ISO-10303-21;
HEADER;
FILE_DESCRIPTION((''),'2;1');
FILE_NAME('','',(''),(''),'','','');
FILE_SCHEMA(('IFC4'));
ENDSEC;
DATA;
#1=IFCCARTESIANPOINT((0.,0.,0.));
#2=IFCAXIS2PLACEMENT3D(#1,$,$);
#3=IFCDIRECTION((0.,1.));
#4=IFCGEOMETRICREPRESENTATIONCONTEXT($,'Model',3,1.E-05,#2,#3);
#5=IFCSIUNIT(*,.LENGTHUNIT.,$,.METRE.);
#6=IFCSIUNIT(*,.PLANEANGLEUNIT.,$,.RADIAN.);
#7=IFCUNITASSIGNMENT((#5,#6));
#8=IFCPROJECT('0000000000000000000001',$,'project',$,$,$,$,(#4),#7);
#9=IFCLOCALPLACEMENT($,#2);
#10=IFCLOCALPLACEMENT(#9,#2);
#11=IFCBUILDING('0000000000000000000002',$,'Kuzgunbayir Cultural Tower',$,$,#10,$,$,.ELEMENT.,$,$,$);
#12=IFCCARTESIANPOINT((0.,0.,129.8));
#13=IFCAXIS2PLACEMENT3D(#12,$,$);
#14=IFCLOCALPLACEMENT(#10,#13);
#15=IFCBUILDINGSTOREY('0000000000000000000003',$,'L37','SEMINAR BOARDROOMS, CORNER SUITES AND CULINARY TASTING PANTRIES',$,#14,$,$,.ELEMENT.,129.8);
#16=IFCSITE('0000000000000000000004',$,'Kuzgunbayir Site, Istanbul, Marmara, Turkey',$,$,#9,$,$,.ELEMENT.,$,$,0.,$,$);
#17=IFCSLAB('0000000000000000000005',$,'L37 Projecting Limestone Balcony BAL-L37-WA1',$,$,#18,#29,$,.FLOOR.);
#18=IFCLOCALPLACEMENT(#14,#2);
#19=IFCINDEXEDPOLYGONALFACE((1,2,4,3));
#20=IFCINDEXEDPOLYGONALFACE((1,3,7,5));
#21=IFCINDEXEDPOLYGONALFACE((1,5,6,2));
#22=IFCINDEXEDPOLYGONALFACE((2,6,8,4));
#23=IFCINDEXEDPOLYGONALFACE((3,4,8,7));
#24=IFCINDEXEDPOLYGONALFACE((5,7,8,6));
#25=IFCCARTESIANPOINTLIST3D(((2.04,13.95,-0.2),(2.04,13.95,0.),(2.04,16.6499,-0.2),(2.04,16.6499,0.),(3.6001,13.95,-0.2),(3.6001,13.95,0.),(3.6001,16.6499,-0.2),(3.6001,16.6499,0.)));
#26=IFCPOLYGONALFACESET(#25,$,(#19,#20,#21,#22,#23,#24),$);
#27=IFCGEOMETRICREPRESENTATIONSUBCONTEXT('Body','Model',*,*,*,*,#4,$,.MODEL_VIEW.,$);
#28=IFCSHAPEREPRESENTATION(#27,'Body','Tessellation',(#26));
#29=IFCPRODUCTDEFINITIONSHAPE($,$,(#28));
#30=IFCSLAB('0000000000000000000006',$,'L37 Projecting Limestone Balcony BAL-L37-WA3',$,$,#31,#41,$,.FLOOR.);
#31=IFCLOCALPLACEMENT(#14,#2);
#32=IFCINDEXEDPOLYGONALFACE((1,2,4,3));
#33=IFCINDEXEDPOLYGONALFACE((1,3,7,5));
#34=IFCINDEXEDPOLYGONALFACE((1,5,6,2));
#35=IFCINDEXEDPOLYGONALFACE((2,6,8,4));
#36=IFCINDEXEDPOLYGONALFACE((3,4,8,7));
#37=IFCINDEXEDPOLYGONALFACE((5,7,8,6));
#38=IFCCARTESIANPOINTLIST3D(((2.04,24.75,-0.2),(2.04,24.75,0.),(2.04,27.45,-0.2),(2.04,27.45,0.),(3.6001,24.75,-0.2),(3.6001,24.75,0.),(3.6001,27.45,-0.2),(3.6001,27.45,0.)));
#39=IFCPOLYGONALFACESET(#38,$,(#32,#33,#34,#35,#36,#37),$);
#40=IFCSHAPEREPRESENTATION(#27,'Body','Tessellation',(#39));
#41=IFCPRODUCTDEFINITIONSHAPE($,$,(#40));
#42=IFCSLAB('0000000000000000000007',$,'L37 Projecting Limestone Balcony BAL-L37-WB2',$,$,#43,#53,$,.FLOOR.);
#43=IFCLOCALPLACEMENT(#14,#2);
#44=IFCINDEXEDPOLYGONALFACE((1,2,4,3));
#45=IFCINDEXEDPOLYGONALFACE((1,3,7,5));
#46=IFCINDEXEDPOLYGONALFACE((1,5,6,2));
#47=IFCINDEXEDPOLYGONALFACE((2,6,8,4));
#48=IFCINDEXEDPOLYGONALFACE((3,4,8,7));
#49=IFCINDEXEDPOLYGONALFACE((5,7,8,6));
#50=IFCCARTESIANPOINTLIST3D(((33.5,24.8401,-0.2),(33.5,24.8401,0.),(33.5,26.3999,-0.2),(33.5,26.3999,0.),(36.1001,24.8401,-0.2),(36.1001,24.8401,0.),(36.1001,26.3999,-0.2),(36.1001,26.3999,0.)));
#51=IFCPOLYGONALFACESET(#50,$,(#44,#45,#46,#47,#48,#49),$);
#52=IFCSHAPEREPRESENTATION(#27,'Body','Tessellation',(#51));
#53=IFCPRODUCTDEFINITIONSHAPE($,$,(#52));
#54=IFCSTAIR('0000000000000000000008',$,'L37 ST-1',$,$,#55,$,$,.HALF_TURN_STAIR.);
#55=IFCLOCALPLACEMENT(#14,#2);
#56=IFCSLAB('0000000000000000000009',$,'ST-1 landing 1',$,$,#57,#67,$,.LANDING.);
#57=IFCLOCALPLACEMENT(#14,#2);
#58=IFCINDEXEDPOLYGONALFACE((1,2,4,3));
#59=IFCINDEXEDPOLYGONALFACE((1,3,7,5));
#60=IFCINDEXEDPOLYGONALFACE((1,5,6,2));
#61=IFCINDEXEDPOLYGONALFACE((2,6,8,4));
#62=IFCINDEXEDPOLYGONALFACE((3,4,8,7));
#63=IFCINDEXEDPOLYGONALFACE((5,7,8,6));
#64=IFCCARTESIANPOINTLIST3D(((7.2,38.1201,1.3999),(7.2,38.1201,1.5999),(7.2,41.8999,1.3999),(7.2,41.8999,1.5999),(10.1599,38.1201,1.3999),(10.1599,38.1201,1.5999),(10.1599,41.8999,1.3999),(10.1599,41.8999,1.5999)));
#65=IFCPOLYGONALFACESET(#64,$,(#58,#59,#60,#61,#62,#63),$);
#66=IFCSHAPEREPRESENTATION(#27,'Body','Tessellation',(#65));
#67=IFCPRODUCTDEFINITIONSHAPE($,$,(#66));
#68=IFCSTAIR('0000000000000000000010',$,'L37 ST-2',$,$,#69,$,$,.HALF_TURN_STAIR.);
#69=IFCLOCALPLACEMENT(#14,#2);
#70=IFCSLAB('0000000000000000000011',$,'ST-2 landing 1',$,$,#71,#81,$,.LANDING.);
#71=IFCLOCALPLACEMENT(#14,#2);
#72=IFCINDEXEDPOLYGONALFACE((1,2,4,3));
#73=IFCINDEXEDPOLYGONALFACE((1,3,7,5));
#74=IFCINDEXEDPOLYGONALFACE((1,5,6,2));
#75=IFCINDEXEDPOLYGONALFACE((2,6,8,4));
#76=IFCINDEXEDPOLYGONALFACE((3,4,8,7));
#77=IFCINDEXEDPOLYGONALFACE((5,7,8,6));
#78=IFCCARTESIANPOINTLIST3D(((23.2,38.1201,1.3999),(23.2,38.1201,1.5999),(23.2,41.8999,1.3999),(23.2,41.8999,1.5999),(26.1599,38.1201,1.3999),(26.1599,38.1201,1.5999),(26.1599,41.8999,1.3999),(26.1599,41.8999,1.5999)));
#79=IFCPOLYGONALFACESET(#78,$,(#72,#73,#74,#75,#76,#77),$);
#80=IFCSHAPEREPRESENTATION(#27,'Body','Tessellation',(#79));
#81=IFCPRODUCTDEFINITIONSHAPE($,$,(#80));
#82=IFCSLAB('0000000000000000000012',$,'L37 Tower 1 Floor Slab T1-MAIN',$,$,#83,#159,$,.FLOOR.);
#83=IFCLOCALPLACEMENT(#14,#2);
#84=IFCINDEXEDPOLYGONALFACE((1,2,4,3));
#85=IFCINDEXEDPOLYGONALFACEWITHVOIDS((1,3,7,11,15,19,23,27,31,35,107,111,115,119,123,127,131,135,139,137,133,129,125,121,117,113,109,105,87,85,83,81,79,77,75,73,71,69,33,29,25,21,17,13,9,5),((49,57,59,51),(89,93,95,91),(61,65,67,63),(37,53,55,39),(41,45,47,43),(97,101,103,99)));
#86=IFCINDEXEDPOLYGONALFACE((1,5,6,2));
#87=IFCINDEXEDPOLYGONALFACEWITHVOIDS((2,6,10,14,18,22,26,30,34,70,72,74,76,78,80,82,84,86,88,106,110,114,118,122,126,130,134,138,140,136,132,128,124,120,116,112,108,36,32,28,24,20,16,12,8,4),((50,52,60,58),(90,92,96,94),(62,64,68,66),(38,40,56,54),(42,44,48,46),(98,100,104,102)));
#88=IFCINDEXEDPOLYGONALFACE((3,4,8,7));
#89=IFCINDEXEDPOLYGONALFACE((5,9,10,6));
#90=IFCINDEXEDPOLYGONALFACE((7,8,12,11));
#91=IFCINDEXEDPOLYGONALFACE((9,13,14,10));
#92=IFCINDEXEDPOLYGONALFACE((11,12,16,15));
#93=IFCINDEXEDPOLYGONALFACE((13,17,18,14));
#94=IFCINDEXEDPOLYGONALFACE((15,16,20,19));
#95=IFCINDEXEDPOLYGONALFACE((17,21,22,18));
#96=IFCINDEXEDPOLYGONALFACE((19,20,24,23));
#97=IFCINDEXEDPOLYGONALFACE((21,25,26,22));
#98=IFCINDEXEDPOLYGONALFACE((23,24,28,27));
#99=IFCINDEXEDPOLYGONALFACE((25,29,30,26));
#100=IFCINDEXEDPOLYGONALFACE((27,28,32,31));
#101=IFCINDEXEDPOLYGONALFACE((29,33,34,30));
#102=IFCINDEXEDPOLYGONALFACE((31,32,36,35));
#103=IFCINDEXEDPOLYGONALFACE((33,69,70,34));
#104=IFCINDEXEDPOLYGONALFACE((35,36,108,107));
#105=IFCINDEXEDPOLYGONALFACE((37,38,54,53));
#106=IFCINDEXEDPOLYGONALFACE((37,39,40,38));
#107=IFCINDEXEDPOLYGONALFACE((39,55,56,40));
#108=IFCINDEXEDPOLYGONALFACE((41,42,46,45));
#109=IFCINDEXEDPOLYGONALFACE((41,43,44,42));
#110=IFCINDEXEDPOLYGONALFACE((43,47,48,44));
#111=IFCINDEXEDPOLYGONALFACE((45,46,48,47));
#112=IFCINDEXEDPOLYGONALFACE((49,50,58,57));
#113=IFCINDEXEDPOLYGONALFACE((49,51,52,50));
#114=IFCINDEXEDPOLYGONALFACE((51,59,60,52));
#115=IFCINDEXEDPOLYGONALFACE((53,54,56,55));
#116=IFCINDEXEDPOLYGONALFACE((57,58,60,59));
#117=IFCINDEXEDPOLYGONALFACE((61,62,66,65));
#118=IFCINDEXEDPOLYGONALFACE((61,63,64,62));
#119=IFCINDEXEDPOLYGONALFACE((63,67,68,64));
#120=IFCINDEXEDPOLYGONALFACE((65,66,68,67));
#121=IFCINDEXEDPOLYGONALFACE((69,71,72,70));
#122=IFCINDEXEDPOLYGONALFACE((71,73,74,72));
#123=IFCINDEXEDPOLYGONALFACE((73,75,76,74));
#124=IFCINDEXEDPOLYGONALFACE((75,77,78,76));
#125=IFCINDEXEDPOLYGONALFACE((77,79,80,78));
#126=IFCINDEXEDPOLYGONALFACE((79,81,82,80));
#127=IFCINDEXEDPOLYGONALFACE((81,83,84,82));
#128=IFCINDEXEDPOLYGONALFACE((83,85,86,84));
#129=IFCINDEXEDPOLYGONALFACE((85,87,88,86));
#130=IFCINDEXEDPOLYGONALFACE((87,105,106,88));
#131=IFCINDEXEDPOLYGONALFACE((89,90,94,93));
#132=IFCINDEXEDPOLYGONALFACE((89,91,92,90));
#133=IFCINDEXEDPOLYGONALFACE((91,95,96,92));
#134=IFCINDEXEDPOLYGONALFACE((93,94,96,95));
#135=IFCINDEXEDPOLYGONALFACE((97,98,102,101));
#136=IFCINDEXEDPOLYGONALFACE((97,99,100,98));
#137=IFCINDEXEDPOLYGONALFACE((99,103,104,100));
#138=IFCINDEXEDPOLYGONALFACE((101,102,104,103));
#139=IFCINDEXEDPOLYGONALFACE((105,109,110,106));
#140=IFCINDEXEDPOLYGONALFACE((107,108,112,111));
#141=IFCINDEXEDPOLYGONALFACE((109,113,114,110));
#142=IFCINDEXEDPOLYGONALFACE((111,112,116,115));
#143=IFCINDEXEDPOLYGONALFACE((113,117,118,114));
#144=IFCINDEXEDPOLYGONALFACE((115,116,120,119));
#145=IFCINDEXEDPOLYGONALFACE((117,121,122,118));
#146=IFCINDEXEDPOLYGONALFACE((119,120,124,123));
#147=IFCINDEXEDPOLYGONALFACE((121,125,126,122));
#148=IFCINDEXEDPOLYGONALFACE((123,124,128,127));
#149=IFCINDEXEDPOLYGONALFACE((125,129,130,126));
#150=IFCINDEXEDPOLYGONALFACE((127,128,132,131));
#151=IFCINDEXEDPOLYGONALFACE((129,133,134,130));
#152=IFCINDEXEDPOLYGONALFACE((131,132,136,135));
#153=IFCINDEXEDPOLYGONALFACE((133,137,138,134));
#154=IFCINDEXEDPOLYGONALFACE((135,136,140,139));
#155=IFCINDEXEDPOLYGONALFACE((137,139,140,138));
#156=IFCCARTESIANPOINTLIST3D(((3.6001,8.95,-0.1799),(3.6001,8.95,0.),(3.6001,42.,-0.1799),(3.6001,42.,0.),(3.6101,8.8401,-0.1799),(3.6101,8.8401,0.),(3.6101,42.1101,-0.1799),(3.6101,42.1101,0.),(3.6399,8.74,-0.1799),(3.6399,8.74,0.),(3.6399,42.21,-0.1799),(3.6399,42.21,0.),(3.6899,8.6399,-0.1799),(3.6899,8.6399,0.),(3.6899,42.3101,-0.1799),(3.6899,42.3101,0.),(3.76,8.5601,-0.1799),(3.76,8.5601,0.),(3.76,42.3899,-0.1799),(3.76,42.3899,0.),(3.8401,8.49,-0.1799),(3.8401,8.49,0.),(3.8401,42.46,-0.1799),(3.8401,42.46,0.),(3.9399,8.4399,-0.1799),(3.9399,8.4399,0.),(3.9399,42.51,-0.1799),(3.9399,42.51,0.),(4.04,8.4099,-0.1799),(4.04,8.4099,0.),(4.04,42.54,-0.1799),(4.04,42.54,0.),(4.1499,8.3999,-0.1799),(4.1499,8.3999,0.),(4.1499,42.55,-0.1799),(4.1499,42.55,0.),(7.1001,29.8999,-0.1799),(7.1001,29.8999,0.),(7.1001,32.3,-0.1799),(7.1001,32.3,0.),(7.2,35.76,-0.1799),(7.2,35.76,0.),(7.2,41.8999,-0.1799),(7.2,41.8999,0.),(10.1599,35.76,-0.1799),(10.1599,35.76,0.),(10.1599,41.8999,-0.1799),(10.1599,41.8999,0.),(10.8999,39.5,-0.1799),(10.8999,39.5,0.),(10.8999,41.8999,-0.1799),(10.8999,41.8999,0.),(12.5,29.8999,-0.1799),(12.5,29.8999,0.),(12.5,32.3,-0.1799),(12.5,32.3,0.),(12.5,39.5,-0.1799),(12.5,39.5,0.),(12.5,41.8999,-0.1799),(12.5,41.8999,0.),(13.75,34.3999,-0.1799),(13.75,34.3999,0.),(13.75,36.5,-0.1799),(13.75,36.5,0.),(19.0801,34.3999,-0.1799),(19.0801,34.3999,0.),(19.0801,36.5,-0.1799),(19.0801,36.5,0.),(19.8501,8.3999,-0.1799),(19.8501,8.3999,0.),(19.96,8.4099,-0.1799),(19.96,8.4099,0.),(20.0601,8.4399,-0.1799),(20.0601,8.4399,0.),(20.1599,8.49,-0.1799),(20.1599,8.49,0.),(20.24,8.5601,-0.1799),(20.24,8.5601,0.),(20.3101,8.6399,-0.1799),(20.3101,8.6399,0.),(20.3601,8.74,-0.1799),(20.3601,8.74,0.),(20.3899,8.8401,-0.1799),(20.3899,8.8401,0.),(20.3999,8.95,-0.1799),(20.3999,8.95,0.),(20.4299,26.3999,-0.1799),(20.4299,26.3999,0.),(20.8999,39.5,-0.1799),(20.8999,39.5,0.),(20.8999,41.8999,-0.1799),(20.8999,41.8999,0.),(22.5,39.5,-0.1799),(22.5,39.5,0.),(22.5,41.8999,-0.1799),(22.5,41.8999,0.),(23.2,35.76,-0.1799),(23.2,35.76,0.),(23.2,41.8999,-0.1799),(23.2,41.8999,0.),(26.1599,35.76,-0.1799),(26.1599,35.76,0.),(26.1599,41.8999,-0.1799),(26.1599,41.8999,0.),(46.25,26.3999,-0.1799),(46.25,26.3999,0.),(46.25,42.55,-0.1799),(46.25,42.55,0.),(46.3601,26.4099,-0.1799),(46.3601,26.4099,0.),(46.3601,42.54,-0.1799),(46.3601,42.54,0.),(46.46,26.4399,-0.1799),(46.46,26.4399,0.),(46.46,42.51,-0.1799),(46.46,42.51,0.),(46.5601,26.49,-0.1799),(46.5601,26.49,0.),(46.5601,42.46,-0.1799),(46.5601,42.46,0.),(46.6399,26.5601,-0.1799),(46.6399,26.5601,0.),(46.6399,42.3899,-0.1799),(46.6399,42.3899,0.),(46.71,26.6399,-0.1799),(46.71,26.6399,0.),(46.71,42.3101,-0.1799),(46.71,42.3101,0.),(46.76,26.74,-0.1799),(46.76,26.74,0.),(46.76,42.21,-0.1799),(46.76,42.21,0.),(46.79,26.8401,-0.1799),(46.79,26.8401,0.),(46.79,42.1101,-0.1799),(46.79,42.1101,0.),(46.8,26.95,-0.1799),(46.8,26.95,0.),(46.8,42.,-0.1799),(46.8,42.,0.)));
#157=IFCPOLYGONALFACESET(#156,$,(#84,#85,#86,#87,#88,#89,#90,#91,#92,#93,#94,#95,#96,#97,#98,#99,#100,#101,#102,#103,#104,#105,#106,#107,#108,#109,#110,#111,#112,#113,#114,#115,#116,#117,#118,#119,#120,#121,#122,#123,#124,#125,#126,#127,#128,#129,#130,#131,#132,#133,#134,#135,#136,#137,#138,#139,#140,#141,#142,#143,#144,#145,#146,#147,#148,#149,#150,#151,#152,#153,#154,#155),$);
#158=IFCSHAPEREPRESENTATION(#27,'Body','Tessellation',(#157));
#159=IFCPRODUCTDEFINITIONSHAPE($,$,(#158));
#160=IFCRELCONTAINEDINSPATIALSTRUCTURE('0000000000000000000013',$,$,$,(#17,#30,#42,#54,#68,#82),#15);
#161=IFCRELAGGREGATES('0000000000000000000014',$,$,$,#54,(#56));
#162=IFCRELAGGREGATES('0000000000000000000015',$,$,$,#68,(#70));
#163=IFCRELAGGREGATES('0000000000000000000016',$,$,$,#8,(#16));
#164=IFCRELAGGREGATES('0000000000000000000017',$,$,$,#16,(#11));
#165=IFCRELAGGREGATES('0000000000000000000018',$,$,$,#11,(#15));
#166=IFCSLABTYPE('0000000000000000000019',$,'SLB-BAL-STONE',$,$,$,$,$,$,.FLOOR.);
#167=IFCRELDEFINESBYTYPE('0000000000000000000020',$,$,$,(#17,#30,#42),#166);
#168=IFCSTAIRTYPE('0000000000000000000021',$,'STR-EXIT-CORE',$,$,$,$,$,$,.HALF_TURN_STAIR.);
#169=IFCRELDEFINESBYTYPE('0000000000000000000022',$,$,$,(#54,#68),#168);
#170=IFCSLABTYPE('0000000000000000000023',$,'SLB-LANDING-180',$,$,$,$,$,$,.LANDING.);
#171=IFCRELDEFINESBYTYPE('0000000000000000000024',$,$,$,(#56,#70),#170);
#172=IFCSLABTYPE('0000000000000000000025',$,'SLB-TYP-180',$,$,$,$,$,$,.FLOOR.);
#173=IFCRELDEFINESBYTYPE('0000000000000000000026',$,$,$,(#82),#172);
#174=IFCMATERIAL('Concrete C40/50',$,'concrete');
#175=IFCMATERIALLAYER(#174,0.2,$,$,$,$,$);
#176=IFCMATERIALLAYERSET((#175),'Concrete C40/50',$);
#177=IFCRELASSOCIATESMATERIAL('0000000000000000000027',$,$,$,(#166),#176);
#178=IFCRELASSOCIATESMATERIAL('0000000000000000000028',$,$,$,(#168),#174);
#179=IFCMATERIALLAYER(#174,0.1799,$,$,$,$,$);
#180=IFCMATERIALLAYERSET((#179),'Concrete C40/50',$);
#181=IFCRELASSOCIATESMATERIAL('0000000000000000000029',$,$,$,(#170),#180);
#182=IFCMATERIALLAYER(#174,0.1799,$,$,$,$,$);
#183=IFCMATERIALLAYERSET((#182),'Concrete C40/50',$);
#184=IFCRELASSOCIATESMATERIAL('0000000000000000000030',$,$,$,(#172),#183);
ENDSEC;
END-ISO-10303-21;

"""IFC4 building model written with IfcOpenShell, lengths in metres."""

from ifc_helpers import new_model, si_unit, direction, frame, origin, place, context, subcontext, project, spatial, polyline, outline, extrude, material, layer, layer_set, type_object, element, aggregate, save


model = new_model("IFC4")

# Units and contexts
model_context = context("Model", 3, precision=1e-05, world=origin(), true_north=direction((0.0, 1.0)))
body_context = subcontext(model_context, "Body", "Model", "MODEL_VIEW")
ifc_project = project(units=[si_unit("LENGTHUNIT", "METRE"), si_unit("PLANEANGLEUNIT", "RADIAN")], contexts=[model_context])

# Site, building, storey
site_placement = place(None, origin())
site = spatial("IfcSite", under=ifc_project, at=site_placement, Name="Kuzgunbayir Site, Istanbul, Marmara, Turkey", CompositionType="ELEMENT", RefElevation=0.0)
building_placement = place(site_placement, origin())
building = spatial("IfcBuilding", under=site, at=building_placement, Name="Kuzgunbayir Cultural Tower", CompositionType="ELEMENT")
storey_placement = place(building_placement, frame((0.0, 0.0, 129.8)))
storey = spatial("IfcBuildingStorey", under=building, at=storey_placement, Name="L37", Description="SEMINAR BOARDROOMS, CORNER SUITES AND CULINARY TASTING PANTRIES", CompositionType="ELEMENT", Elevation=129.8)

# Slabs
ifc_material_1 = material(Name="Concrete C40/50", Category="concrete")
ifc_layer_1 = layer(ifc_material_1, 0.2)
ifc_layer_set_1 = layer_set([ifc_layer_1], Name="Concrete C40/50")
slab_type_1 = type_object("IfcSlabType", Name="SLB-BAL-STONE", PredefinedType="FLOOR", material=ifc_layer_set_1)
slab_1_placement = place(storey_placement, frame((0.0, 0.0, -0.2)))
element("IfcSlab", 1, at=slab_1_placement, inside=storey, type_object=slab_type_1, Name="L37 Projecting Limestone Balcony BAL-L37-WA1", PredefinedType="FLOOR", context=body_context, shape_type="SweptSolid", body=[
    extrude(outline(polyline([(2.04, 13.95), (3.6001, 13.95), (3.6001, 16.6499), (2.04, 16.6499), (2.04, 13.95)])), origin(), (0.0, 0.0, 1.0), 0.2),
])
slab_2_placement = place(storey_placement, frame((0.0, 0.0, -0.2)))
element("IfcSlab", 2, at=slab_2_placement, inside=storey, type_object=slab_type_1, Name="L37 Projecting Limestone Balcony BAL-L37-WA3", PredefinedType="FLOOR", context=body_context, shape_type="SweptSolid", body=[
    extrude(outline(polyline([(2.04, 24.75), (3.6001, 24.75), (3.6001, 27.45), (2.04, 27.45), (2.04, 24.75)])), origin(), (0.0, 0.0, 1.0), 0.2),
])
slab_3_placement = place(storey_placement, frame((0.0, 0.0, -0.2)))
element("IfcSlab", 3, at=slab_3_placement, inside=storey, type_object=slab_type_1, Name="L37 Projecting Limestone Balcony BAL-L37-WB2", PredefinedType="FLOOR", context=body_context, shape_type="SweptSolid", body=[
    extrude(outline(polyline([(33.5, 24.8401), (36.1001, 24.8401), (36.1001, 26.3999), (33.5, 26.3999), (33.5, 24.8401)])), origin(), (0.0, 0.0, 1.0), 0.2),
])

# Stairs, slabs
stair_type = type_object("IfcStairType", Name="STR-EXIT-CORE", PredefinedType="HALF_TURN_STAIR", material=ifc_material_1)
stair_1_placement = place(storey_placement, origin())
stair_1 = element("IfcStair", 4, at=stair_1_placement, inside=storey, type_object=stair_type, Name="L37 ST-1", PredefinedType="HALF_TURN_STAIR")
ifc_layer_2 = layer(ifc_material_1, 0.1799)
ifc_layer_set_2 = layer_set([ifc_layer_2], Name="Concrete C40/50")
slab_type_2 = type_object("IfcSlabType", Name="SLB-LANDING-180", PredefinedType="LANDING", material=ifc_layer_set_2)
slab_4_placement = place(storey_placement, frame((0.0, 0.0, 1.3999)))
slab_4 = element("IfcSlab", 5, at=slab_4_placement, type_object=slab_type_2, Name="ST-1 landing 1", PredefinedType="LANDING", context=body_context, shape_type="SweptSolid", body=[
    extrude(outline(polyline([(10.1599, 38.1201), (10.1599, 41.8999), (7.2, 41.8999), (7.2, 38.1201), (10.1599, 38.1201)])), origin(), (0.0, 0.0, 1.0), 0.2),
])
aggregate(stair_1, [slab_4])
stair_2_placement = place(storey_placement, origin())
stair_2 = element("IfcStair", 6, at=stair_2_placement, inside=storey, type_object=stair_type, Name="L37 ST-2", PredefinedType="HALF_TURN_STAIR")
slab_5_placement = place(storey_placement, frame((0.0, 0.0, 1.3999)))
slab_5 = element("IfcSlab", 7, at=slab_5_placement, type_object=slab_type_2, Name="ST-2 landing 1", PredefinedType="LANDING", context=body_context, shape_type="SweptSolid", body=[
    extrude(outline(polyline([(26.1599, 38.1201), (26.1599, 41.8999), (23.2, 41.8999), (23.2, 38.1201), (26.1599, 38.1201)])), origin(), (0.0, 0.0, 1.0), 0.2),
])
aggregate(stair_2, [slab_5])

# Slab
ifc_layer_3 = layer(ifc_material_1, 0.1799)
ifc_layer_set_3 = layer_set([ifc_layer_3], Name="Concrete C40/50")
slab_type_3 = type_object("IfcSlabType", Name="SLB-TYP-180", PredefinedType="FLOOR", material=ifc_layer_set_3)
slab_6_placement = place(storey_placement, frame((0.0, 0.0, -0.1799)))
element("IfcSlab", 8, at=slab_6_placement, inside=storey, type_object=slab_type_3, Name="L37 Tower 1 Floor Slab T1-MAIN", PredefinedType="FLOOR", context=body_context, shape_type="SweptSolid", body=[
    extrude(outline(polyline([(20.3999, 8.95), (20.3899, 8.8401), (20.3601, 8.74), (20.3101, 8.6399), (20.24, 8.5601), (20.1599, 8.49), (20.0601, 8.4399), (19.96, 8.4099), (19.8501, 8.3999), (4.1499, 8.3999), (4.04, 8.4099), (3.9399, 8.4399), (3.8401, 8.49), (3.76, 8.5601), (3.6899, 8.6399), (3.6399, 8.74), (3.6101, 8.8401), (3.6001, 8.95), (3.6001, 42.0), (3.6101, 42.1101), (3.6399, 42.21), (3.6899, 42.3101), (3.76, 42.3899), (3.8401, 42.46), (3.9399, 42.51), (4.04, 42.54), (4.1499, 42.55), (46.25, 42.55), (46.3601, 42.54), (46.46, 42.51), (46.5601, 42.46), (46.6399, 42.3899), (46.71, 42.3101), (46.76, 42.21), (46.79, 42.1101), (46.8, 42.0), (46.8, 26.95), (46.79, 26.8401), (46.76, 26.74), (46.71, 26.6399), (46.6399, 26.5601), (46.5601, 26.49), (46.46, 26.4399), (46.3601, 26.4099), (46.25, 26.3999), (20.4299, 26.3999), (20.3999, 8.95)]), holes=[polyline([(7.2, 35.76), (7.2, 41.8999), (10.1599, 41.8999), (10.1599, 35.76), (7.2, 35.76)]), polyline([(23.2, 35.76), (23.2, 41.8999), (26.1599, 41.8999), (26.1599, 35.76), (23.2, 35.76)]), polyline([(13.75, 34.3999), (13.75, 36.5), (19.0801, 36.5), (19.0801, 34.3999), (13.75, 34.3999)]), polyline([(7.1001, 29.8999), (7.1001, 32.3), (12.5, 32.3), (12.5, 29.8999), (7.1001, 29.8999)]), polyline([(10.8999, 39.5), (10.8999, 41.8999), (12.5, 41.8999), (12.5, 39.5), (10.8999, 39.5)]), polyline([(20.8999, 39.5), (20.8999, 41.8999), (22.5, 41.8999), (22.5, 39.5), (20.8999, 39.5)])]), origin(), (0.0, 0.0, 1.0), 0.1799),
])

save(model, "model.ifc")
